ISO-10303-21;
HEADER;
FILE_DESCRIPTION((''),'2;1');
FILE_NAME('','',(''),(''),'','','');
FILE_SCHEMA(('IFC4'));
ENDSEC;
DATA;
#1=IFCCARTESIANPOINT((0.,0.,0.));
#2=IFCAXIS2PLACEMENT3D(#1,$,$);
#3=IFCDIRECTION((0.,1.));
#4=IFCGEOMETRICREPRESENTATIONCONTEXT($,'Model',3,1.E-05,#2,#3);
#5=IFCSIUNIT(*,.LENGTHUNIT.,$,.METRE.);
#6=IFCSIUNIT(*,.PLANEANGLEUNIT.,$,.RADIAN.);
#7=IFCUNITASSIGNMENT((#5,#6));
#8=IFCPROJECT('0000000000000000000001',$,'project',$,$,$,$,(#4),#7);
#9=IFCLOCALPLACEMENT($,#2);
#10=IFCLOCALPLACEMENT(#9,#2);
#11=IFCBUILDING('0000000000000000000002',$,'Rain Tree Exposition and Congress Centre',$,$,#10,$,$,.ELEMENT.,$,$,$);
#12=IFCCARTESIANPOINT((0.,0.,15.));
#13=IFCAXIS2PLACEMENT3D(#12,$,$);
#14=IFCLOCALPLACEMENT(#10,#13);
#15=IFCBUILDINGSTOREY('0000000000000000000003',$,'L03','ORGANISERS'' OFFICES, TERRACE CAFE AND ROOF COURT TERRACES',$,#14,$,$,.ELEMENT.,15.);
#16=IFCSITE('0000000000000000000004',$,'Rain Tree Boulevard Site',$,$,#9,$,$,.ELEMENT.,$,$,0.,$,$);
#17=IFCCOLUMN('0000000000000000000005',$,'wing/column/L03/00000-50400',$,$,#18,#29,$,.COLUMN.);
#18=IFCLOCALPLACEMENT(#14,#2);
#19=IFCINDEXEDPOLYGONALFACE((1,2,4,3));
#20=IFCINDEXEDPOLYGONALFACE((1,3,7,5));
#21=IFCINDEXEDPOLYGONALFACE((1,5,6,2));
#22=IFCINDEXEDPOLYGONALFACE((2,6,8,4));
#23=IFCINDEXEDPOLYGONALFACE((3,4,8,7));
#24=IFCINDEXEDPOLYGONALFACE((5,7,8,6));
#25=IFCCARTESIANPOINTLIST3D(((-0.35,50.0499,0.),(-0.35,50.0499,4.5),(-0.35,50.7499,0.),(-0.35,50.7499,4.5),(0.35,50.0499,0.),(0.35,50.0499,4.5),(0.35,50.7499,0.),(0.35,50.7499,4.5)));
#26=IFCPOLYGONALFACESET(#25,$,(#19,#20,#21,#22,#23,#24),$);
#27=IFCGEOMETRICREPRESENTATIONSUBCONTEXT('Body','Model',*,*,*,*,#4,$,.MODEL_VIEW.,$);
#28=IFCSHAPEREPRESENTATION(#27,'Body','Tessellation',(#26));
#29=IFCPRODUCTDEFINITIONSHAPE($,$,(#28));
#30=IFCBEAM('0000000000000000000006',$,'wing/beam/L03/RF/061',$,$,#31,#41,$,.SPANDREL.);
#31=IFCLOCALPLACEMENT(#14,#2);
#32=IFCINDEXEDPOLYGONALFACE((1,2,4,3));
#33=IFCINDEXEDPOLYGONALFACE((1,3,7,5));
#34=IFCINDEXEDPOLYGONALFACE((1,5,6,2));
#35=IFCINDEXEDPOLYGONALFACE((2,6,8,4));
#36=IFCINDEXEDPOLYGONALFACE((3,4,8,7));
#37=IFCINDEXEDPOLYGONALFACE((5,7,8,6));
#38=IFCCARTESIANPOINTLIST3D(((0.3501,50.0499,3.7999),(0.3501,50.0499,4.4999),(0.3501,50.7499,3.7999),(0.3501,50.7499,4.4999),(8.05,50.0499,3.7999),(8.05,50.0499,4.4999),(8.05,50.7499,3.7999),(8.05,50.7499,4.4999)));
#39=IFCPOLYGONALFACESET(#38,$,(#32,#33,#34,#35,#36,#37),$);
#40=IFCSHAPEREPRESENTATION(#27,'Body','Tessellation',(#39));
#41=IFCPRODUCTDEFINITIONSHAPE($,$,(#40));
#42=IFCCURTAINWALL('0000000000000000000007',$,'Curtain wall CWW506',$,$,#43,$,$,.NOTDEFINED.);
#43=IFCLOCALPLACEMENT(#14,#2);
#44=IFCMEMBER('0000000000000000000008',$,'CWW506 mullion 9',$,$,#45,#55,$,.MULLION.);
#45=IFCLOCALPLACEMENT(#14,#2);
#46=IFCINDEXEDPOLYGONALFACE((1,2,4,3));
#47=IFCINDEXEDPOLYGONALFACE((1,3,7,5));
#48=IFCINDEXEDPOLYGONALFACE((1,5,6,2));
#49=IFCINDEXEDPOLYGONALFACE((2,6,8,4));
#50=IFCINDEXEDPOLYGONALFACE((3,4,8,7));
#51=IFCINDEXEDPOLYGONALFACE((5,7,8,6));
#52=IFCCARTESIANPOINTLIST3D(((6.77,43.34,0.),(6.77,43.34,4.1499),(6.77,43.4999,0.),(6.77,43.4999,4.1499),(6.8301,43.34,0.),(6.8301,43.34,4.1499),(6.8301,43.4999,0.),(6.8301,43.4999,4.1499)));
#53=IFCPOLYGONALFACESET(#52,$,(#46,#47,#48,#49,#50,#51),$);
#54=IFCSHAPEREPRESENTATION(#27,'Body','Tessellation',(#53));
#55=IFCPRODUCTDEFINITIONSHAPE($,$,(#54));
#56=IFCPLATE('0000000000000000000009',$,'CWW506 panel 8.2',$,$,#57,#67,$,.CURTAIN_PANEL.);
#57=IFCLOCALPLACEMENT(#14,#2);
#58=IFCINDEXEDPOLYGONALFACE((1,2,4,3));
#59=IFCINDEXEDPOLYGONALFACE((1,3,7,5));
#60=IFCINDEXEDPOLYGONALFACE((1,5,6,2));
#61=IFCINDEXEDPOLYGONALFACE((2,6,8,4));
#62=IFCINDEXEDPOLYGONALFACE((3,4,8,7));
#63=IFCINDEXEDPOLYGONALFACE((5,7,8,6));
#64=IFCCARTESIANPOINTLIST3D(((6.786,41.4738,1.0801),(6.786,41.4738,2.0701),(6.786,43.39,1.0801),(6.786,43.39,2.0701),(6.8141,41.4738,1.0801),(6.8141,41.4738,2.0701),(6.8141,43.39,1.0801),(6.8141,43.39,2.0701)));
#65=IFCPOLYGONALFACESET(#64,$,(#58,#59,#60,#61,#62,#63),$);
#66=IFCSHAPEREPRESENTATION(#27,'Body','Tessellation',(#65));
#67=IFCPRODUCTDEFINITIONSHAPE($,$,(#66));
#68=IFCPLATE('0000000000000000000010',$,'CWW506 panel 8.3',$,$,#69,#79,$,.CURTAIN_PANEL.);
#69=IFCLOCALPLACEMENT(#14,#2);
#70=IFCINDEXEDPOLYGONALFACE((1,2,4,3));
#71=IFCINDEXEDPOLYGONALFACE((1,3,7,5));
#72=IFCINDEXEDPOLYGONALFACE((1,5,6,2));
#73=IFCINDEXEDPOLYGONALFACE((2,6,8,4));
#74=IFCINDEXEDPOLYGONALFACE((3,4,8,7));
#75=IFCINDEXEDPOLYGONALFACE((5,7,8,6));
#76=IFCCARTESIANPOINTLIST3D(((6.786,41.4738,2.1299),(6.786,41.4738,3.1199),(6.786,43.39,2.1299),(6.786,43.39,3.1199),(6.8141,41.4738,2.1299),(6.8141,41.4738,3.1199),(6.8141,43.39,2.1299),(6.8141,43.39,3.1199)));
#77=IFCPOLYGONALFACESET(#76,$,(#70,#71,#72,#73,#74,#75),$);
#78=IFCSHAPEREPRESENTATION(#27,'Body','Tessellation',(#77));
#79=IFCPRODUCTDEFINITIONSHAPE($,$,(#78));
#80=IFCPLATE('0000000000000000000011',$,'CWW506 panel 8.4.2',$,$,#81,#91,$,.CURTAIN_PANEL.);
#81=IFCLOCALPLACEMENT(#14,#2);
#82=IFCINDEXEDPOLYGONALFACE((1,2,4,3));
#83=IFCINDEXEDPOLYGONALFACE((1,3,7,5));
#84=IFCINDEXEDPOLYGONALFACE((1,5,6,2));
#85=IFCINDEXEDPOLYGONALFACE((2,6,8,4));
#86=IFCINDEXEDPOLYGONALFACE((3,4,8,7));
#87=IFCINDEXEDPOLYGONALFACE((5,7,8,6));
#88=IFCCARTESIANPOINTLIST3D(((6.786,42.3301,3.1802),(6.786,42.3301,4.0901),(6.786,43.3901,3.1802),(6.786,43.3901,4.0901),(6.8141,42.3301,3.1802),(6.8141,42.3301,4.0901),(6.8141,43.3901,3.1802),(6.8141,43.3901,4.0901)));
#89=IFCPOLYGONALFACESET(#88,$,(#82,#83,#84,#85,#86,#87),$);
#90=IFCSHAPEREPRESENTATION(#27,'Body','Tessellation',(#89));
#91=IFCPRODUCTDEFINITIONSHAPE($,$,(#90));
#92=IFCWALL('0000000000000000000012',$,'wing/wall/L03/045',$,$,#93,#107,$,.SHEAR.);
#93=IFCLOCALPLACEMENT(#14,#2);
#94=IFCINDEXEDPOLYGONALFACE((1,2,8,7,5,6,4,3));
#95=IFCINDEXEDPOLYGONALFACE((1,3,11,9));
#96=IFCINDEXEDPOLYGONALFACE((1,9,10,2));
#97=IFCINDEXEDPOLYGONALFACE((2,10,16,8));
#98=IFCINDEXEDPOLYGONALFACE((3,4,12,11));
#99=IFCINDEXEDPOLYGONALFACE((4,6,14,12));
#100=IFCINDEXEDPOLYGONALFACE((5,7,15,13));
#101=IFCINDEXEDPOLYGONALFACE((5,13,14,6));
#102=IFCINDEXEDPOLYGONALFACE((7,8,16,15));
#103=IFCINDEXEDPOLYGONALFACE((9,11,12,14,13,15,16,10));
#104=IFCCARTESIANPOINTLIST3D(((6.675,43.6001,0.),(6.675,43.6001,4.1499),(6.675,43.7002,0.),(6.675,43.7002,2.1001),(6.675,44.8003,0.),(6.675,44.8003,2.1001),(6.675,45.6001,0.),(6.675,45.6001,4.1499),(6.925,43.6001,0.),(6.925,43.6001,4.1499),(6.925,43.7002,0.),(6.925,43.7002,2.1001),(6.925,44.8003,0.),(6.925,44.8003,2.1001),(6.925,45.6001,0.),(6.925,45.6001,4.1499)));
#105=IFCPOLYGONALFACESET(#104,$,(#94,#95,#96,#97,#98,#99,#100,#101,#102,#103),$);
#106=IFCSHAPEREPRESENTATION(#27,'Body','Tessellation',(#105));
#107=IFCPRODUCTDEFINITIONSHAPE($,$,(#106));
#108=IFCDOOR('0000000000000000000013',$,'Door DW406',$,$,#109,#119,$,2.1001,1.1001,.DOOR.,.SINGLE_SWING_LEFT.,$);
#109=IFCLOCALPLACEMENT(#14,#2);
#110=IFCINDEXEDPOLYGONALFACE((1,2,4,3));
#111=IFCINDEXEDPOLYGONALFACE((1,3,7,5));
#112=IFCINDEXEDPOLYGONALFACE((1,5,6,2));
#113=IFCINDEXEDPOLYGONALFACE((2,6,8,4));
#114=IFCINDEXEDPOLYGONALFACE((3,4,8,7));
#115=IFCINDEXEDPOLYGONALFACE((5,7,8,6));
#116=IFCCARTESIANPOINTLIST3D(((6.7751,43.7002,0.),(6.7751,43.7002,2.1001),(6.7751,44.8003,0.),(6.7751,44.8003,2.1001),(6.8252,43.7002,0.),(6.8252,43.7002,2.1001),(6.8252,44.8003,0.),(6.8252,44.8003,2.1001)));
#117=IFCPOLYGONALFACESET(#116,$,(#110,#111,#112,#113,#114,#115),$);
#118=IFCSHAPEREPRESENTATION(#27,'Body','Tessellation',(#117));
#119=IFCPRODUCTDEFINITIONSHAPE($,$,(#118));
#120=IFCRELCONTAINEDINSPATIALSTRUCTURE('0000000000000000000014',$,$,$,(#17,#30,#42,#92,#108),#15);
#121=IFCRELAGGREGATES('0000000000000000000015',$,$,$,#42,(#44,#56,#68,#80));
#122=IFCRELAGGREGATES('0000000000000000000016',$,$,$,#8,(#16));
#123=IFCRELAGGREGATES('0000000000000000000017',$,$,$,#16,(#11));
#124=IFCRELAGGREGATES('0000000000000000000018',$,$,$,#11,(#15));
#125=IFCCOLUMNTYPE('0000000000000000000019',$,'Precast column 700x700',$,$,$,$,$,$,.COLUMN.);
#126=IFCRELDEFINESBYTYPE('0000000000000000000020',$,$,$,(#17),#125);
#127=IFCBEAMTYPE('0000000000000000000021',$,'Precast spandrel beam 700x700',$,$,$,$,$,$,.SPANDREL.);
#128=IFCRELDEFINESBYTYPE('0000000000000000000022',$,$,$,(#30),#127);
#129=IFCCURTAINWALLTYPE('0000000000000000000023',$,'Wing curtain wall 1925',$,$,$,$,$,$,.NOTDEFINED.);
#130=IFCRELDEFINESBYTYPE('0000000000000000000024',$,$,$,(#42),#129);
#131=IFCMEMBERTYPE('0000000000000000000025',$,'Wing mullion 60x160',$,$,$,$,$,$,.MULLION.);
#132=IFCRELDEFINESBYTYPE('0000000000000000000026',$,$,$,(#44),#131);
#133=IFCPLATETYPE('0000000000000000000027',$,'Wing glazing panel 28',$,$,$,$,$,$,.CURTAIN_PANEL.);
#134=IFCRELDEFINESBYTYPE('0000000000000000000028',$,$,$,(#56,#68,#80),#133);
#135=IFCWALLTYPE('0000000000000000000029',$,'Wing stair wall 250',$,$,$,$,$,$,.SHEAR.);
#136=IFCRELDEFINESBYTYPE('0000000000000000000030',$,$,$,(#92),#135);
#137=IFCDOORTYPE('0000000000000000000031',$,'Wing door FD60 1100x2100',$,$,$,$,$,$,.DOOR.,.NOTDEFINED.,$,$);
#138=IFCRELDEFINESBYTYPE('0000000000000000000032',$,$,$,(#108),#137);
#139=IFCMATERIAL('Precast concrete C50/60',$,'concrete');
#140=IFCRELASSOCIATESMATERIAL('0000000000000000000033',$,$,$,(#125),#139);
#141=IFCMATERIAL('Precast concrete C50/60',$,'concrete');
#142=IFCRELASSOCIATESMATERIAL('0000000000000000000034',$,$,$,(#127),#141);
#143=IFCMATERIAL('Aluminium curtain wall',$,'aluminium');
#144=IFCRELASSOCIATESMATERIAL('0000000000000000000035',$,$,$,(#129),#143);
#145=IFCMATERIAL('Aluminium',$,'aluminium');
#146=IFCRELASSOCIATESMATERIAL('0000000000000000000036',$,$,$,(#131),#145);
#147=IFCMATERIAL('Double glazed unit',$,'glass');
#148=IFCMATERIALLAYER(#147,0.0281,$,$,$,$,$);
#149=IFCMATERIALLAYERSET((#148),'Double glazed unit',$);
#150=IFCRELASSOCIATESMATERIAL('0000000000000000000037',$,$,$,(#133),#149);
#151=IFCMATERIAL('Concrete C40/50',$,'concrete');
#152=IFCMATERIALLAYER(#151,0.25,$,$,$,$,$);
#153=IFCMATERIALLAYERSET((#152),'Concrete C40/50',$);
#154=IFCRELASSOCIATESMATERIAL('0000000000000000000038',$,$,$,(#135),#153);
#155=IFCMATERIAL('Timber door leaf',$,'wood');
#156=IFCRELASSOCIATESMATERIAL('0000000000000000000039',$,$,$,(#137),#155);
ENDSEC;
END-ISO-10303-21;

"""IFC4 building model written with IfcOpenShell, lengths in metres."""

from ifc_helpers import new_model, si_unit, direction, frame, frame_2d, origin, origin_2d, place, context, subcontext, project, spatial, rectangle, extrude, material, layer, layer_set, material_profile, profile_set, type_object, element, fill, aggregate, save


model = new_model("IFC4")

# Units and contexts
model_context = context("Model", 3, precision=1e-05, world=origin(), true_north=direction((0.0, 1.0)))
body_context = subcontext(model_context, "Body", "Model", "MODEL_VIEW")
ifc_project = project(units=[si_unit("LENGTHUNIT", "METRE"), si_unit("PLANEANGLEUNIT", "RADIAN")], contexts=[model_context])

# Site, building, storey
site_placement = place(None, origin())
site = spatial("IfcSite", under=ifc_project, at=site_placement, Name="Rain Tree Boulevard Site", CompositionType="ELEMENT", RefElevation=0.0)
building_placement = place(site_placement, origin())
building = spatial("IfcBuilding", under=site, at=building_placement, Name="Rain Tree Exposition and Congress Centre", CompositionType="ELEMENT")
storey_placement = place(building_placement, frame((0.0, 0.0, 15.0)))
storey = spatial("IfcBuildingStorey", under=building, at=storey_placement, Name="L03", Description="ORGANISERS' OFFICES, TERRACE CAFE AND ROOF COURT TERRACES", CompositionType="ELEMENT", Elevation=15.0)

# Column
ifc_material_1 = material(Name="Precast concrete C50/60", Category="concrete")
ifc_material_profile_1 = material_profile(ifc_material_1, rectangle(XDim=0.7, YDim=0.7, at=origin_2d()), Name="RC 700x700")
ifc_profile_set_1 = profile_set([ifc_material_profile_1], Name="Precast concrete C50/60")
column_type = type_object("IfcColumnType", Name="Precast column 700x700", PredefinedType="COLUMN", material=ifc_profile_set_1)
column_placement = place(storey_placement, frame((0.0, 50.3999, 0.0), z_axis=(0.0, 0.0, 1.0), x_axis=(1.0, 0.0, 0.0)))
element("IfcColumn", 1, at=column_placement, inside=storey, type_object=column_type, Name="wing/column/L03/00000-50400", PredefinedType="COLUMN", context=body_context, shape_type="SweptSolid", body=[
    extrude(rectangle(XDim=0.7, YDim=0.7, at=origin_2d()), origin(), (0.0, 0.0, 1.0), 4.5),
])

# Beam
ifc_material_2 = material(Name="Precast concrete C50/60", Category="concrete")
ifc_material_profile_2 = material_profile(ifc_material_2, rectangle(XDim=0.7, YDim=0.7, at=origin_2d()), Name="RC 700x700")
ifc_profile_set_2 = profile_set([ifc_material_profile_2], Name="Precast concrete C50/60")
beam_type = type_object("IfcBeamType", Name="Precast spandrel beam 700x700", PredefinedType="SPANDREL", material=ifc_profile_set_2)
beam_placement = place(storey_placement, frame((0.3501, 50.3999, 4.1499), z_axis=(1.0, 0.0, 0.0), x_axis=(0.0, 1.0, 0.0)))
element("IfcBeam", 2, at=beam_placement, inside=storey, type_object=beam_type, Name="wing/beam/L03/RF/061", PredefinedType="SPANDREL", context=body_context, shape_type="SweptSolid", body=[
    extrude(rectangle(XDim=0.7, YDim=0.7, at=origin_2d()), origin(), (0.0, 0.0, 1.0), 7.7),
])

# Curtain wall, member, plates
ifc_material_3 = material(Name="Aluminium curtain wall", Category="aluminium")
curtain_wall_type = type_object("IfcCurtainWallType", Name="Wing curtain wall 1925", PredefinedType="NOTDEFINED", material=ifc_material_3)
curtain_wall_placement = place(storey_placement, origin())
curtain_wall = element("IfcCurtainWall", 3, at=curtain_wall_placement, inside=storey, type_object=curtain_wall_type, Name="Curtain wall CWW506", PredefinedType="NOTDEFINED")
ifc_material_4 = material(Name="Aluminium", Category="aluminium")
ifc_material_profile_3 = material_profile(ifc_material_4, rectangle(XDim=0.0601, YDim=0.1599, at=origin_2d()), Name="Aluminium 60x160")
ifc_profile_set_3 = profile_set([ifc_material_profile_3], Name="Aluminium")
member_type = type_object("IfcMemberType", Name="Wing mullion 60x160", PredefinedType="MULLION", material=ifc_profile_set_3)
member_placement = place(storey_placement, frame((6.8, 43.4199, 0.0), z_axis=(0.0, 0.0, 1.0), x_axis=(-1.0, 0.0, 0.0)))
member = element("IfcMember", 4, at=member_placement, type_object=member_type, Name="CWW506 mullion 9", PredefinedType="MULLION", context=body_context, shape_type="SweptSolid", body=[
    extrude(rectangle(XDim=0.0601, YDim=0.1599, at=origin_2d()), origin(), (0.0, 0.0, 1.0), 4.1499),
])
ifc_material_5 = material(Name="Double glazed unit", Category="glass")
ifc_layer_1 = layer(ifc_material_5, 0.0281)
ifc_layer_set_1 = layer_set([ifc_layer_1], Name="Double glazed unit")
plate_type = type_object("IfcPlateType", Name="Wing glazing panel 28", PredefinedType="CURTAIN_PANEL", material=ifc_layer_set_1)
plate_1_placement = place(storey_placement, frame((6.8, 42.4319, 1.0801), z_axis=(0.0, 0.0, 1.0), x_axis=(0.0, 1.0, 0.0)))
plate_1 = element("IfcPlate", 5, at=plate_1_placement, type_object=plate_type, Name="CWW506 panel 8.2", PredefinedType="CURTAIN_PANEL", context=body_context, shape_type="SweptSolid", body=[
    extrude(rectangle(XDim=1.9163, YDim=0.0281, at=origin_2d()), origin(), (0.0, 0.0, 1.0), 0.99),
])
plate_2_placement = place(storey_placement, frame((6.8, 42.4319, 2.1299), z_axis=(0.0, 0.0, 1.0), x_axis=(0.0, 1.0, 0.0)))
plate_2 = element("IfcPlate", 6, at=plate_2_placement, type_object=plate_type, Name="CWW506 panel 8.3", PredefinedType="CURTAIN_PANEL", context=body_context, shape_type="SweptSolid", body=[
    extrude(rectangle(XDim=1.9163, YDim=0.0281, at=origin_2d()), origin(), (0.0, 0.0, 1.0), 0.99),
])
plate_3_placement = place(storey_placement, frame((6.8, 42.8601, 3.1802), z_axis=(0.0, 0.0, 1.0), x_axis=(0.0, 1.0, 0.0)))
plate_3 = element("IfcPlate", 7, at=plate_3_placement, type_object=plate_type, Name="CWW506 panel 8.4.2", PredefinedType="CURTAIN_PANEL", context=body_context, shape_type="SweptSolid", body=[
    extrude(rectangle(XDim=1.0601, YDim=0.0281, at=origin_2d()), origin(), (0.0, 0.0, 1.0), 0.9099),
])
aggregate(curtain_wall, [member, plate_1, plate_2, plate_3])

# Wall, opening, door
ifc_material_6 = material(Name="Concrete C40/50", Category="concrete")
ifc_layer_2 = layer(ifc_material_6, 0.25)
ifc_layer_set_2 = layer_set([ifc_layer_2], Name="Concrete C40/50")
wall_type_1 = type_object("IfcWallType", Name="Wing stair wall 250", PredefinedType="SHEAR", material=ifc_layer_set_2)
wall_1_placement = place(storey_placement, frame((6.8, 43.6001, 0.0), z_axis=(0.0, 0.0, 1.0), x_axis=(0.0, 1.0, 0.0)))
wall_1 = element("IfcWall", 8, at=wall_1_placement, inside=storey, type_object=wall_type_1, Name="wing/wall/L03/045", PredefinedType="SHEAR", context=body_context, shape_type="SweptSolid", body=[
    extrude(rectangle(XDim=2.0, YDim=0.25, at=frame_2d((1.0, 0.0))), origin(), (0.0, 0.0, 1.0), 4.1499),
])
opening_1_placement = place(wall_1_placement, frame((0.1001, 0.0, 0.0)))
opening_1 = element("IfcOpeningElement", 9, at=opening_1_placement, cuts=wall_1, PredefinedType="OPENING", context=body_context, shape_type="SweptSolid", body=[
    extrude(rectangle(XDim=1.1001, YDim=2.1001, at=frame_2d((0.55, 1.05))), frame((0.0, 0.125, 0.0), z_axis=(0.0, -1.0, 0.0), x_axis=(1.0, 0.0, 0.0)), (0.0, 0.0, 1.0), 0.25),
])
ifc_material_7 = material(Name="Timber door leaf", Category="wood")
door_type = type_object("IfcDoorType", Name="Wing door FD60 1100x2100", OperationType="NOTDEFINED", PredefinedType="DOOR", material=ifc_material_7)
door_placement = place(opening_1_placement, origin())
door = element("IfcDoor", 10, at=door_placement, inside=storey, type_object=door_type, Name="Door DW406", OperationType="SINGLE_SWING_LEFT", OverallHeight=2.1001, OverallWidth=1.1001, PredefinedType="DOOR", context=body_context, shape_type="SweptSolid", body=[
    extrude(rectangle(XDim=1.1001, YDim=2.1001, at=frame_2d((0.55, 1.05))), frame((0.0, 0.0249, 0.0), z_axis=(0.0, -1.0, 0.0), x_axis=(1.0, 0.0, 0.0)), (0.0, 0.0, 1.0), 0.05),
])
fill(opening_1, door)

save(model, "model.ifc")
